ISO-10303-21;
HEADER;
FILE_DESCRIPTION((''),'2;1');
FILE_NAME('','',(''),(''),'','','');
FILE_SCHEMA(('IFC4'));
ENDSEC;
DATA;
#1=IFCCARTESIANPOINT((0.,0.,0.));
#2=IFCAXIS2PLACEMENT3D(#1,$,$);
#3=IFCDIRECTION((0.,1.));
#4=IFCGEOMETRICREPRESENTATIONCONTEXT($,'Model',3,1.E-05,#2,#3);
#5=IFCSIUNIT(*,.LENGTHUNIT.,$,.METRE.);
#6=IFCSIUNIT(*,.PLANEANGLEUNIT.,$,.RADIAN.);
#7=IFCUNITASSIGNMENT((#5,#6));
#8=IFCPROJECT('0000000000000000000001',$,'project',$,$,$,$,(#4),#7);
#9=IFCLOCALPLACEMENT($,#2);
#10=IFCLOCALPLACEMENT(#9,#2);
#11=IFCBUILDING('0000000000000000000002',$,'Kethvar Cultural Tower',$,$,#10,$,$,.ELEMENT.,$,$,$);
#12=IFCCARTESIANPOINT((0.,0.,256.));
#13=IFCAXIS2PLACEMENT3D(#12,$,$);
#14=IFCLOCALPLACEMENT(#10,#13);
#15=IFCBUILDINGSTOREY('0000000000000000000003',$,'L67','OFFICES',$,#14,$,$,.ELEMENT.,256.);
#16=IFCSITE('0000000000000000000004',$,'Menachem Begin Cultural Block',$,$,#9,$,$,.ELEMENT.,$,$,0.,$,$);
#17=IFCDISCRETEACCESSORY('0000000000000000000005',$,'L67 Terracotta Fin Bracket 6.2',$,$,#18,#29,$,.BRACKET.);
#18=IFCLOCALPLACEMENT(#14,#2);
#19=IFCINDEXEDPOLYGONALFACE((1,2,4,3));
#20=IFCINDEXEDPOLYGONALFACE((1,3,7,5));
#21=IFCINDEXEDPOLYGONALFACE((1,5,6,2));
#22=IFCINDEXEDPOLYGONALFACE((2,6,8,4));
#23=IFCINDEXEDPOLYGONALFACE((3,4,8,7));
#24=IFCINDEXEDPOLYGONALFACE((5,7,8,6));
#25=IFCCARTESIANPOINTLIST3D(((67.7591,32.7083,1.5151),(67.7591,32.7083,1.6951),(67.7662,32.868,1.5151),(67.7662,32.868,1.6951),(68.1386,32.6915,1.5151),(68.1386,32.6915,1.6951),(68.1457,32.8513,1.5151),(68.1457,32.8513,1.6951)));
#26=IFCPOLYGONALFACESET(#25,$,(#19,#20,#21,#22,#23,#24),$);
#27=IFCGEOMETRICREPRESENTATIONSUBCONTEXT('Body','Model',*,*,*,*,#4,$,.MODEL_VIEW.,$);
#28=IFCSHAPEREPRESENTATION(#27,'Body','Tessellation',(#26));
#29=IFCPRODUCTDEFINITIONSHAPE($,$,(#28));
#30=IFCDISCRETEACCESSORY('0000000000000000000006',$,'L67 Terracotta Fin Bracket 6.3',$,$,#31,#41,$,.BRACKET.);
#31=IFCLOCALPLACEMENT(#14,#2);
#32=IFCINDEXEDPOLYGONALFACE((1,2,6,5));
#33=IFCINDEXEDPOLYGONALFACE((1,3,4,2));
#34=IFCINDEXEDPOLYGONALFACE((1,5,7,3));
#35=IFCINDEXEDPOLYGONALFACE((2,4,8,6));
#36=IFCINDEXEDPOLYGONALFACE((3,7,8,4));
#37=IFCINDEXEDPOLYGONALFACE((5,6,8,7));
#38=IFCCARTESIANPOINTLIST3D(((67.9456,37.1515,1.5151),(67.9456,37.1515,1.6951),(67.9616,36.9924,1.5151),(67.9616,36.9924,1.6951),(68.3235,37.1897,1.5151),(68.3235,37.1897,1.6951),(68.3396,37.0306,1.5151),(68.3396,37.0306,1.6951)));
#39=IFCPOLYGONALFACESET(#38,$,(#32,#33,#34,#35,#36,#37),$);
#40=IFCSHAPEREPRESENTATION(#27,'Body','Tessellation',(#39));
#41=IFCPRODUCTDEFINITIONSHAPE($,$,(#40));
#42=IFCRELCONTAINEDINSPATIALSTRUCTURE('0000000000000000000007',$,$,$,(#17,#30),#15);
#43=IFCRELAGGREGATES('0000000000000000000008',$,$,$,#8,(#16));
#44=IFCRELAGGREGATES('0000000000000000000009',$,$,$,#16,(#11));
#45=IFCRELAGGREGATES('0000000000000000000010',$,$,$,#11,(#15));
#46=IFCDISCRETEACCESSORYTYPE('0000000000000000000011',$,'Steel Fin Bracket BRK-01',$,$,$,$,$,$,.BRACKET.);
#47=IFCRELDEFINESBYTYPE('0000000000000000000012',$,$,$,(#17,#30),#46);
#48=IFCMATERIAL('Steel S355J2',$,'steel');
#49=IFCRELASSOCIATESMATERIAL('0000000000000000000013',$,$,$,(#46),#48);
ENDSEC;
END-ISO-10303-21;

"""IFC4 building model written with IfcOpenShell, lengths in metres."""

from ifc_helpers import new_model, si_unit, direction, frame, origin, origin_2d, place, context, subcontext, project, spatial, rectangle, extrude, source, transform, mapped, material, type_object, element, save


model = new_model("IFC4")

# Units and contexts
model_context = context("Model", 3, precision=1e-05, world=origin(), true_north=direction((0.0, 1.0)))
body_context = subcontext(model_context, "Body", "Model", "MODEL_VIEW")
ifc_project = project(units=[si_unit("LENGTHUNIT", "METRE"), si_unit("PLANEANGLEUNIT", "RADIAN")], contexts=[model_context])

# Site, building, storey
site_placement = place(None, origin())
site = spatial("IfcSite", under=ifc_project, at=site_placement, Name="Menachem Begin Cultural Block", CompositionType="ELEMENT", RefElevation=0.0)
building_placement = place(site_placement, origin())
building = spatial("IfcBuilding", under=site, at=building_placement, Name="Kethvar Cultural Tower", CompositionType="ELEMENT")
storey_placement = place(building_placement, frame((0.0, 0.0, 256.0)))
storey = spatial("IfcBuildingStorey", under=building, at=storey_placement, Name="L67", Description="OFFICES", CompositionType="ELEMENT", Elevation=256.0)

# Discrete accessories
ifc_material_1 = material(Name="Steel S355J2", Category="steel")
discrete_accessory_type = type_object("IfcDiscreteAccessoryType", Name="Steel Fin Bracket BRK-01", PredefinedType="BRACKET", material=ifc_material_1)
shared_shape_1 = source(origin(), body_context, "Body", "SweptSolid", [
    extrude(rectangle(XDim=0.3799, YDim=0.1599, at=origin_2d()), origin(), (0.0, 0.0, 1.0), 0.1799),
])
for number, where, z_axis, x_axis, name in (
    (1, (67.9524, 32.7798, 1.5151), (0.0, 0.0, 1.0), (0.999025, -0.044142, 0.0), "L67 Terracotta Fin Bracket 6.2"),
    (2, (68.1426, 37.0911, 1.5151), (0.0, 0.0, 1.0), (0.994933, 0.100535, 0.0), "L67 Terracotta Fin Bracket 6.3"),
):
    element("IfcDiscreteAccessory", number, at=place(storey_placement, frame(where, z_axis=z_axis, x_axis=x_axis)), inside=storey, type_object=discrete_accessory_type, Name=name, PredefinedType="BRACKET", context=body_context, shape_type="MappedRepresentation", body=[
        mapped(shared_shape_1, transform((0.0, 0.0, 0.0), scale=1.0)),
    ])

save(model, "model.ifc")
